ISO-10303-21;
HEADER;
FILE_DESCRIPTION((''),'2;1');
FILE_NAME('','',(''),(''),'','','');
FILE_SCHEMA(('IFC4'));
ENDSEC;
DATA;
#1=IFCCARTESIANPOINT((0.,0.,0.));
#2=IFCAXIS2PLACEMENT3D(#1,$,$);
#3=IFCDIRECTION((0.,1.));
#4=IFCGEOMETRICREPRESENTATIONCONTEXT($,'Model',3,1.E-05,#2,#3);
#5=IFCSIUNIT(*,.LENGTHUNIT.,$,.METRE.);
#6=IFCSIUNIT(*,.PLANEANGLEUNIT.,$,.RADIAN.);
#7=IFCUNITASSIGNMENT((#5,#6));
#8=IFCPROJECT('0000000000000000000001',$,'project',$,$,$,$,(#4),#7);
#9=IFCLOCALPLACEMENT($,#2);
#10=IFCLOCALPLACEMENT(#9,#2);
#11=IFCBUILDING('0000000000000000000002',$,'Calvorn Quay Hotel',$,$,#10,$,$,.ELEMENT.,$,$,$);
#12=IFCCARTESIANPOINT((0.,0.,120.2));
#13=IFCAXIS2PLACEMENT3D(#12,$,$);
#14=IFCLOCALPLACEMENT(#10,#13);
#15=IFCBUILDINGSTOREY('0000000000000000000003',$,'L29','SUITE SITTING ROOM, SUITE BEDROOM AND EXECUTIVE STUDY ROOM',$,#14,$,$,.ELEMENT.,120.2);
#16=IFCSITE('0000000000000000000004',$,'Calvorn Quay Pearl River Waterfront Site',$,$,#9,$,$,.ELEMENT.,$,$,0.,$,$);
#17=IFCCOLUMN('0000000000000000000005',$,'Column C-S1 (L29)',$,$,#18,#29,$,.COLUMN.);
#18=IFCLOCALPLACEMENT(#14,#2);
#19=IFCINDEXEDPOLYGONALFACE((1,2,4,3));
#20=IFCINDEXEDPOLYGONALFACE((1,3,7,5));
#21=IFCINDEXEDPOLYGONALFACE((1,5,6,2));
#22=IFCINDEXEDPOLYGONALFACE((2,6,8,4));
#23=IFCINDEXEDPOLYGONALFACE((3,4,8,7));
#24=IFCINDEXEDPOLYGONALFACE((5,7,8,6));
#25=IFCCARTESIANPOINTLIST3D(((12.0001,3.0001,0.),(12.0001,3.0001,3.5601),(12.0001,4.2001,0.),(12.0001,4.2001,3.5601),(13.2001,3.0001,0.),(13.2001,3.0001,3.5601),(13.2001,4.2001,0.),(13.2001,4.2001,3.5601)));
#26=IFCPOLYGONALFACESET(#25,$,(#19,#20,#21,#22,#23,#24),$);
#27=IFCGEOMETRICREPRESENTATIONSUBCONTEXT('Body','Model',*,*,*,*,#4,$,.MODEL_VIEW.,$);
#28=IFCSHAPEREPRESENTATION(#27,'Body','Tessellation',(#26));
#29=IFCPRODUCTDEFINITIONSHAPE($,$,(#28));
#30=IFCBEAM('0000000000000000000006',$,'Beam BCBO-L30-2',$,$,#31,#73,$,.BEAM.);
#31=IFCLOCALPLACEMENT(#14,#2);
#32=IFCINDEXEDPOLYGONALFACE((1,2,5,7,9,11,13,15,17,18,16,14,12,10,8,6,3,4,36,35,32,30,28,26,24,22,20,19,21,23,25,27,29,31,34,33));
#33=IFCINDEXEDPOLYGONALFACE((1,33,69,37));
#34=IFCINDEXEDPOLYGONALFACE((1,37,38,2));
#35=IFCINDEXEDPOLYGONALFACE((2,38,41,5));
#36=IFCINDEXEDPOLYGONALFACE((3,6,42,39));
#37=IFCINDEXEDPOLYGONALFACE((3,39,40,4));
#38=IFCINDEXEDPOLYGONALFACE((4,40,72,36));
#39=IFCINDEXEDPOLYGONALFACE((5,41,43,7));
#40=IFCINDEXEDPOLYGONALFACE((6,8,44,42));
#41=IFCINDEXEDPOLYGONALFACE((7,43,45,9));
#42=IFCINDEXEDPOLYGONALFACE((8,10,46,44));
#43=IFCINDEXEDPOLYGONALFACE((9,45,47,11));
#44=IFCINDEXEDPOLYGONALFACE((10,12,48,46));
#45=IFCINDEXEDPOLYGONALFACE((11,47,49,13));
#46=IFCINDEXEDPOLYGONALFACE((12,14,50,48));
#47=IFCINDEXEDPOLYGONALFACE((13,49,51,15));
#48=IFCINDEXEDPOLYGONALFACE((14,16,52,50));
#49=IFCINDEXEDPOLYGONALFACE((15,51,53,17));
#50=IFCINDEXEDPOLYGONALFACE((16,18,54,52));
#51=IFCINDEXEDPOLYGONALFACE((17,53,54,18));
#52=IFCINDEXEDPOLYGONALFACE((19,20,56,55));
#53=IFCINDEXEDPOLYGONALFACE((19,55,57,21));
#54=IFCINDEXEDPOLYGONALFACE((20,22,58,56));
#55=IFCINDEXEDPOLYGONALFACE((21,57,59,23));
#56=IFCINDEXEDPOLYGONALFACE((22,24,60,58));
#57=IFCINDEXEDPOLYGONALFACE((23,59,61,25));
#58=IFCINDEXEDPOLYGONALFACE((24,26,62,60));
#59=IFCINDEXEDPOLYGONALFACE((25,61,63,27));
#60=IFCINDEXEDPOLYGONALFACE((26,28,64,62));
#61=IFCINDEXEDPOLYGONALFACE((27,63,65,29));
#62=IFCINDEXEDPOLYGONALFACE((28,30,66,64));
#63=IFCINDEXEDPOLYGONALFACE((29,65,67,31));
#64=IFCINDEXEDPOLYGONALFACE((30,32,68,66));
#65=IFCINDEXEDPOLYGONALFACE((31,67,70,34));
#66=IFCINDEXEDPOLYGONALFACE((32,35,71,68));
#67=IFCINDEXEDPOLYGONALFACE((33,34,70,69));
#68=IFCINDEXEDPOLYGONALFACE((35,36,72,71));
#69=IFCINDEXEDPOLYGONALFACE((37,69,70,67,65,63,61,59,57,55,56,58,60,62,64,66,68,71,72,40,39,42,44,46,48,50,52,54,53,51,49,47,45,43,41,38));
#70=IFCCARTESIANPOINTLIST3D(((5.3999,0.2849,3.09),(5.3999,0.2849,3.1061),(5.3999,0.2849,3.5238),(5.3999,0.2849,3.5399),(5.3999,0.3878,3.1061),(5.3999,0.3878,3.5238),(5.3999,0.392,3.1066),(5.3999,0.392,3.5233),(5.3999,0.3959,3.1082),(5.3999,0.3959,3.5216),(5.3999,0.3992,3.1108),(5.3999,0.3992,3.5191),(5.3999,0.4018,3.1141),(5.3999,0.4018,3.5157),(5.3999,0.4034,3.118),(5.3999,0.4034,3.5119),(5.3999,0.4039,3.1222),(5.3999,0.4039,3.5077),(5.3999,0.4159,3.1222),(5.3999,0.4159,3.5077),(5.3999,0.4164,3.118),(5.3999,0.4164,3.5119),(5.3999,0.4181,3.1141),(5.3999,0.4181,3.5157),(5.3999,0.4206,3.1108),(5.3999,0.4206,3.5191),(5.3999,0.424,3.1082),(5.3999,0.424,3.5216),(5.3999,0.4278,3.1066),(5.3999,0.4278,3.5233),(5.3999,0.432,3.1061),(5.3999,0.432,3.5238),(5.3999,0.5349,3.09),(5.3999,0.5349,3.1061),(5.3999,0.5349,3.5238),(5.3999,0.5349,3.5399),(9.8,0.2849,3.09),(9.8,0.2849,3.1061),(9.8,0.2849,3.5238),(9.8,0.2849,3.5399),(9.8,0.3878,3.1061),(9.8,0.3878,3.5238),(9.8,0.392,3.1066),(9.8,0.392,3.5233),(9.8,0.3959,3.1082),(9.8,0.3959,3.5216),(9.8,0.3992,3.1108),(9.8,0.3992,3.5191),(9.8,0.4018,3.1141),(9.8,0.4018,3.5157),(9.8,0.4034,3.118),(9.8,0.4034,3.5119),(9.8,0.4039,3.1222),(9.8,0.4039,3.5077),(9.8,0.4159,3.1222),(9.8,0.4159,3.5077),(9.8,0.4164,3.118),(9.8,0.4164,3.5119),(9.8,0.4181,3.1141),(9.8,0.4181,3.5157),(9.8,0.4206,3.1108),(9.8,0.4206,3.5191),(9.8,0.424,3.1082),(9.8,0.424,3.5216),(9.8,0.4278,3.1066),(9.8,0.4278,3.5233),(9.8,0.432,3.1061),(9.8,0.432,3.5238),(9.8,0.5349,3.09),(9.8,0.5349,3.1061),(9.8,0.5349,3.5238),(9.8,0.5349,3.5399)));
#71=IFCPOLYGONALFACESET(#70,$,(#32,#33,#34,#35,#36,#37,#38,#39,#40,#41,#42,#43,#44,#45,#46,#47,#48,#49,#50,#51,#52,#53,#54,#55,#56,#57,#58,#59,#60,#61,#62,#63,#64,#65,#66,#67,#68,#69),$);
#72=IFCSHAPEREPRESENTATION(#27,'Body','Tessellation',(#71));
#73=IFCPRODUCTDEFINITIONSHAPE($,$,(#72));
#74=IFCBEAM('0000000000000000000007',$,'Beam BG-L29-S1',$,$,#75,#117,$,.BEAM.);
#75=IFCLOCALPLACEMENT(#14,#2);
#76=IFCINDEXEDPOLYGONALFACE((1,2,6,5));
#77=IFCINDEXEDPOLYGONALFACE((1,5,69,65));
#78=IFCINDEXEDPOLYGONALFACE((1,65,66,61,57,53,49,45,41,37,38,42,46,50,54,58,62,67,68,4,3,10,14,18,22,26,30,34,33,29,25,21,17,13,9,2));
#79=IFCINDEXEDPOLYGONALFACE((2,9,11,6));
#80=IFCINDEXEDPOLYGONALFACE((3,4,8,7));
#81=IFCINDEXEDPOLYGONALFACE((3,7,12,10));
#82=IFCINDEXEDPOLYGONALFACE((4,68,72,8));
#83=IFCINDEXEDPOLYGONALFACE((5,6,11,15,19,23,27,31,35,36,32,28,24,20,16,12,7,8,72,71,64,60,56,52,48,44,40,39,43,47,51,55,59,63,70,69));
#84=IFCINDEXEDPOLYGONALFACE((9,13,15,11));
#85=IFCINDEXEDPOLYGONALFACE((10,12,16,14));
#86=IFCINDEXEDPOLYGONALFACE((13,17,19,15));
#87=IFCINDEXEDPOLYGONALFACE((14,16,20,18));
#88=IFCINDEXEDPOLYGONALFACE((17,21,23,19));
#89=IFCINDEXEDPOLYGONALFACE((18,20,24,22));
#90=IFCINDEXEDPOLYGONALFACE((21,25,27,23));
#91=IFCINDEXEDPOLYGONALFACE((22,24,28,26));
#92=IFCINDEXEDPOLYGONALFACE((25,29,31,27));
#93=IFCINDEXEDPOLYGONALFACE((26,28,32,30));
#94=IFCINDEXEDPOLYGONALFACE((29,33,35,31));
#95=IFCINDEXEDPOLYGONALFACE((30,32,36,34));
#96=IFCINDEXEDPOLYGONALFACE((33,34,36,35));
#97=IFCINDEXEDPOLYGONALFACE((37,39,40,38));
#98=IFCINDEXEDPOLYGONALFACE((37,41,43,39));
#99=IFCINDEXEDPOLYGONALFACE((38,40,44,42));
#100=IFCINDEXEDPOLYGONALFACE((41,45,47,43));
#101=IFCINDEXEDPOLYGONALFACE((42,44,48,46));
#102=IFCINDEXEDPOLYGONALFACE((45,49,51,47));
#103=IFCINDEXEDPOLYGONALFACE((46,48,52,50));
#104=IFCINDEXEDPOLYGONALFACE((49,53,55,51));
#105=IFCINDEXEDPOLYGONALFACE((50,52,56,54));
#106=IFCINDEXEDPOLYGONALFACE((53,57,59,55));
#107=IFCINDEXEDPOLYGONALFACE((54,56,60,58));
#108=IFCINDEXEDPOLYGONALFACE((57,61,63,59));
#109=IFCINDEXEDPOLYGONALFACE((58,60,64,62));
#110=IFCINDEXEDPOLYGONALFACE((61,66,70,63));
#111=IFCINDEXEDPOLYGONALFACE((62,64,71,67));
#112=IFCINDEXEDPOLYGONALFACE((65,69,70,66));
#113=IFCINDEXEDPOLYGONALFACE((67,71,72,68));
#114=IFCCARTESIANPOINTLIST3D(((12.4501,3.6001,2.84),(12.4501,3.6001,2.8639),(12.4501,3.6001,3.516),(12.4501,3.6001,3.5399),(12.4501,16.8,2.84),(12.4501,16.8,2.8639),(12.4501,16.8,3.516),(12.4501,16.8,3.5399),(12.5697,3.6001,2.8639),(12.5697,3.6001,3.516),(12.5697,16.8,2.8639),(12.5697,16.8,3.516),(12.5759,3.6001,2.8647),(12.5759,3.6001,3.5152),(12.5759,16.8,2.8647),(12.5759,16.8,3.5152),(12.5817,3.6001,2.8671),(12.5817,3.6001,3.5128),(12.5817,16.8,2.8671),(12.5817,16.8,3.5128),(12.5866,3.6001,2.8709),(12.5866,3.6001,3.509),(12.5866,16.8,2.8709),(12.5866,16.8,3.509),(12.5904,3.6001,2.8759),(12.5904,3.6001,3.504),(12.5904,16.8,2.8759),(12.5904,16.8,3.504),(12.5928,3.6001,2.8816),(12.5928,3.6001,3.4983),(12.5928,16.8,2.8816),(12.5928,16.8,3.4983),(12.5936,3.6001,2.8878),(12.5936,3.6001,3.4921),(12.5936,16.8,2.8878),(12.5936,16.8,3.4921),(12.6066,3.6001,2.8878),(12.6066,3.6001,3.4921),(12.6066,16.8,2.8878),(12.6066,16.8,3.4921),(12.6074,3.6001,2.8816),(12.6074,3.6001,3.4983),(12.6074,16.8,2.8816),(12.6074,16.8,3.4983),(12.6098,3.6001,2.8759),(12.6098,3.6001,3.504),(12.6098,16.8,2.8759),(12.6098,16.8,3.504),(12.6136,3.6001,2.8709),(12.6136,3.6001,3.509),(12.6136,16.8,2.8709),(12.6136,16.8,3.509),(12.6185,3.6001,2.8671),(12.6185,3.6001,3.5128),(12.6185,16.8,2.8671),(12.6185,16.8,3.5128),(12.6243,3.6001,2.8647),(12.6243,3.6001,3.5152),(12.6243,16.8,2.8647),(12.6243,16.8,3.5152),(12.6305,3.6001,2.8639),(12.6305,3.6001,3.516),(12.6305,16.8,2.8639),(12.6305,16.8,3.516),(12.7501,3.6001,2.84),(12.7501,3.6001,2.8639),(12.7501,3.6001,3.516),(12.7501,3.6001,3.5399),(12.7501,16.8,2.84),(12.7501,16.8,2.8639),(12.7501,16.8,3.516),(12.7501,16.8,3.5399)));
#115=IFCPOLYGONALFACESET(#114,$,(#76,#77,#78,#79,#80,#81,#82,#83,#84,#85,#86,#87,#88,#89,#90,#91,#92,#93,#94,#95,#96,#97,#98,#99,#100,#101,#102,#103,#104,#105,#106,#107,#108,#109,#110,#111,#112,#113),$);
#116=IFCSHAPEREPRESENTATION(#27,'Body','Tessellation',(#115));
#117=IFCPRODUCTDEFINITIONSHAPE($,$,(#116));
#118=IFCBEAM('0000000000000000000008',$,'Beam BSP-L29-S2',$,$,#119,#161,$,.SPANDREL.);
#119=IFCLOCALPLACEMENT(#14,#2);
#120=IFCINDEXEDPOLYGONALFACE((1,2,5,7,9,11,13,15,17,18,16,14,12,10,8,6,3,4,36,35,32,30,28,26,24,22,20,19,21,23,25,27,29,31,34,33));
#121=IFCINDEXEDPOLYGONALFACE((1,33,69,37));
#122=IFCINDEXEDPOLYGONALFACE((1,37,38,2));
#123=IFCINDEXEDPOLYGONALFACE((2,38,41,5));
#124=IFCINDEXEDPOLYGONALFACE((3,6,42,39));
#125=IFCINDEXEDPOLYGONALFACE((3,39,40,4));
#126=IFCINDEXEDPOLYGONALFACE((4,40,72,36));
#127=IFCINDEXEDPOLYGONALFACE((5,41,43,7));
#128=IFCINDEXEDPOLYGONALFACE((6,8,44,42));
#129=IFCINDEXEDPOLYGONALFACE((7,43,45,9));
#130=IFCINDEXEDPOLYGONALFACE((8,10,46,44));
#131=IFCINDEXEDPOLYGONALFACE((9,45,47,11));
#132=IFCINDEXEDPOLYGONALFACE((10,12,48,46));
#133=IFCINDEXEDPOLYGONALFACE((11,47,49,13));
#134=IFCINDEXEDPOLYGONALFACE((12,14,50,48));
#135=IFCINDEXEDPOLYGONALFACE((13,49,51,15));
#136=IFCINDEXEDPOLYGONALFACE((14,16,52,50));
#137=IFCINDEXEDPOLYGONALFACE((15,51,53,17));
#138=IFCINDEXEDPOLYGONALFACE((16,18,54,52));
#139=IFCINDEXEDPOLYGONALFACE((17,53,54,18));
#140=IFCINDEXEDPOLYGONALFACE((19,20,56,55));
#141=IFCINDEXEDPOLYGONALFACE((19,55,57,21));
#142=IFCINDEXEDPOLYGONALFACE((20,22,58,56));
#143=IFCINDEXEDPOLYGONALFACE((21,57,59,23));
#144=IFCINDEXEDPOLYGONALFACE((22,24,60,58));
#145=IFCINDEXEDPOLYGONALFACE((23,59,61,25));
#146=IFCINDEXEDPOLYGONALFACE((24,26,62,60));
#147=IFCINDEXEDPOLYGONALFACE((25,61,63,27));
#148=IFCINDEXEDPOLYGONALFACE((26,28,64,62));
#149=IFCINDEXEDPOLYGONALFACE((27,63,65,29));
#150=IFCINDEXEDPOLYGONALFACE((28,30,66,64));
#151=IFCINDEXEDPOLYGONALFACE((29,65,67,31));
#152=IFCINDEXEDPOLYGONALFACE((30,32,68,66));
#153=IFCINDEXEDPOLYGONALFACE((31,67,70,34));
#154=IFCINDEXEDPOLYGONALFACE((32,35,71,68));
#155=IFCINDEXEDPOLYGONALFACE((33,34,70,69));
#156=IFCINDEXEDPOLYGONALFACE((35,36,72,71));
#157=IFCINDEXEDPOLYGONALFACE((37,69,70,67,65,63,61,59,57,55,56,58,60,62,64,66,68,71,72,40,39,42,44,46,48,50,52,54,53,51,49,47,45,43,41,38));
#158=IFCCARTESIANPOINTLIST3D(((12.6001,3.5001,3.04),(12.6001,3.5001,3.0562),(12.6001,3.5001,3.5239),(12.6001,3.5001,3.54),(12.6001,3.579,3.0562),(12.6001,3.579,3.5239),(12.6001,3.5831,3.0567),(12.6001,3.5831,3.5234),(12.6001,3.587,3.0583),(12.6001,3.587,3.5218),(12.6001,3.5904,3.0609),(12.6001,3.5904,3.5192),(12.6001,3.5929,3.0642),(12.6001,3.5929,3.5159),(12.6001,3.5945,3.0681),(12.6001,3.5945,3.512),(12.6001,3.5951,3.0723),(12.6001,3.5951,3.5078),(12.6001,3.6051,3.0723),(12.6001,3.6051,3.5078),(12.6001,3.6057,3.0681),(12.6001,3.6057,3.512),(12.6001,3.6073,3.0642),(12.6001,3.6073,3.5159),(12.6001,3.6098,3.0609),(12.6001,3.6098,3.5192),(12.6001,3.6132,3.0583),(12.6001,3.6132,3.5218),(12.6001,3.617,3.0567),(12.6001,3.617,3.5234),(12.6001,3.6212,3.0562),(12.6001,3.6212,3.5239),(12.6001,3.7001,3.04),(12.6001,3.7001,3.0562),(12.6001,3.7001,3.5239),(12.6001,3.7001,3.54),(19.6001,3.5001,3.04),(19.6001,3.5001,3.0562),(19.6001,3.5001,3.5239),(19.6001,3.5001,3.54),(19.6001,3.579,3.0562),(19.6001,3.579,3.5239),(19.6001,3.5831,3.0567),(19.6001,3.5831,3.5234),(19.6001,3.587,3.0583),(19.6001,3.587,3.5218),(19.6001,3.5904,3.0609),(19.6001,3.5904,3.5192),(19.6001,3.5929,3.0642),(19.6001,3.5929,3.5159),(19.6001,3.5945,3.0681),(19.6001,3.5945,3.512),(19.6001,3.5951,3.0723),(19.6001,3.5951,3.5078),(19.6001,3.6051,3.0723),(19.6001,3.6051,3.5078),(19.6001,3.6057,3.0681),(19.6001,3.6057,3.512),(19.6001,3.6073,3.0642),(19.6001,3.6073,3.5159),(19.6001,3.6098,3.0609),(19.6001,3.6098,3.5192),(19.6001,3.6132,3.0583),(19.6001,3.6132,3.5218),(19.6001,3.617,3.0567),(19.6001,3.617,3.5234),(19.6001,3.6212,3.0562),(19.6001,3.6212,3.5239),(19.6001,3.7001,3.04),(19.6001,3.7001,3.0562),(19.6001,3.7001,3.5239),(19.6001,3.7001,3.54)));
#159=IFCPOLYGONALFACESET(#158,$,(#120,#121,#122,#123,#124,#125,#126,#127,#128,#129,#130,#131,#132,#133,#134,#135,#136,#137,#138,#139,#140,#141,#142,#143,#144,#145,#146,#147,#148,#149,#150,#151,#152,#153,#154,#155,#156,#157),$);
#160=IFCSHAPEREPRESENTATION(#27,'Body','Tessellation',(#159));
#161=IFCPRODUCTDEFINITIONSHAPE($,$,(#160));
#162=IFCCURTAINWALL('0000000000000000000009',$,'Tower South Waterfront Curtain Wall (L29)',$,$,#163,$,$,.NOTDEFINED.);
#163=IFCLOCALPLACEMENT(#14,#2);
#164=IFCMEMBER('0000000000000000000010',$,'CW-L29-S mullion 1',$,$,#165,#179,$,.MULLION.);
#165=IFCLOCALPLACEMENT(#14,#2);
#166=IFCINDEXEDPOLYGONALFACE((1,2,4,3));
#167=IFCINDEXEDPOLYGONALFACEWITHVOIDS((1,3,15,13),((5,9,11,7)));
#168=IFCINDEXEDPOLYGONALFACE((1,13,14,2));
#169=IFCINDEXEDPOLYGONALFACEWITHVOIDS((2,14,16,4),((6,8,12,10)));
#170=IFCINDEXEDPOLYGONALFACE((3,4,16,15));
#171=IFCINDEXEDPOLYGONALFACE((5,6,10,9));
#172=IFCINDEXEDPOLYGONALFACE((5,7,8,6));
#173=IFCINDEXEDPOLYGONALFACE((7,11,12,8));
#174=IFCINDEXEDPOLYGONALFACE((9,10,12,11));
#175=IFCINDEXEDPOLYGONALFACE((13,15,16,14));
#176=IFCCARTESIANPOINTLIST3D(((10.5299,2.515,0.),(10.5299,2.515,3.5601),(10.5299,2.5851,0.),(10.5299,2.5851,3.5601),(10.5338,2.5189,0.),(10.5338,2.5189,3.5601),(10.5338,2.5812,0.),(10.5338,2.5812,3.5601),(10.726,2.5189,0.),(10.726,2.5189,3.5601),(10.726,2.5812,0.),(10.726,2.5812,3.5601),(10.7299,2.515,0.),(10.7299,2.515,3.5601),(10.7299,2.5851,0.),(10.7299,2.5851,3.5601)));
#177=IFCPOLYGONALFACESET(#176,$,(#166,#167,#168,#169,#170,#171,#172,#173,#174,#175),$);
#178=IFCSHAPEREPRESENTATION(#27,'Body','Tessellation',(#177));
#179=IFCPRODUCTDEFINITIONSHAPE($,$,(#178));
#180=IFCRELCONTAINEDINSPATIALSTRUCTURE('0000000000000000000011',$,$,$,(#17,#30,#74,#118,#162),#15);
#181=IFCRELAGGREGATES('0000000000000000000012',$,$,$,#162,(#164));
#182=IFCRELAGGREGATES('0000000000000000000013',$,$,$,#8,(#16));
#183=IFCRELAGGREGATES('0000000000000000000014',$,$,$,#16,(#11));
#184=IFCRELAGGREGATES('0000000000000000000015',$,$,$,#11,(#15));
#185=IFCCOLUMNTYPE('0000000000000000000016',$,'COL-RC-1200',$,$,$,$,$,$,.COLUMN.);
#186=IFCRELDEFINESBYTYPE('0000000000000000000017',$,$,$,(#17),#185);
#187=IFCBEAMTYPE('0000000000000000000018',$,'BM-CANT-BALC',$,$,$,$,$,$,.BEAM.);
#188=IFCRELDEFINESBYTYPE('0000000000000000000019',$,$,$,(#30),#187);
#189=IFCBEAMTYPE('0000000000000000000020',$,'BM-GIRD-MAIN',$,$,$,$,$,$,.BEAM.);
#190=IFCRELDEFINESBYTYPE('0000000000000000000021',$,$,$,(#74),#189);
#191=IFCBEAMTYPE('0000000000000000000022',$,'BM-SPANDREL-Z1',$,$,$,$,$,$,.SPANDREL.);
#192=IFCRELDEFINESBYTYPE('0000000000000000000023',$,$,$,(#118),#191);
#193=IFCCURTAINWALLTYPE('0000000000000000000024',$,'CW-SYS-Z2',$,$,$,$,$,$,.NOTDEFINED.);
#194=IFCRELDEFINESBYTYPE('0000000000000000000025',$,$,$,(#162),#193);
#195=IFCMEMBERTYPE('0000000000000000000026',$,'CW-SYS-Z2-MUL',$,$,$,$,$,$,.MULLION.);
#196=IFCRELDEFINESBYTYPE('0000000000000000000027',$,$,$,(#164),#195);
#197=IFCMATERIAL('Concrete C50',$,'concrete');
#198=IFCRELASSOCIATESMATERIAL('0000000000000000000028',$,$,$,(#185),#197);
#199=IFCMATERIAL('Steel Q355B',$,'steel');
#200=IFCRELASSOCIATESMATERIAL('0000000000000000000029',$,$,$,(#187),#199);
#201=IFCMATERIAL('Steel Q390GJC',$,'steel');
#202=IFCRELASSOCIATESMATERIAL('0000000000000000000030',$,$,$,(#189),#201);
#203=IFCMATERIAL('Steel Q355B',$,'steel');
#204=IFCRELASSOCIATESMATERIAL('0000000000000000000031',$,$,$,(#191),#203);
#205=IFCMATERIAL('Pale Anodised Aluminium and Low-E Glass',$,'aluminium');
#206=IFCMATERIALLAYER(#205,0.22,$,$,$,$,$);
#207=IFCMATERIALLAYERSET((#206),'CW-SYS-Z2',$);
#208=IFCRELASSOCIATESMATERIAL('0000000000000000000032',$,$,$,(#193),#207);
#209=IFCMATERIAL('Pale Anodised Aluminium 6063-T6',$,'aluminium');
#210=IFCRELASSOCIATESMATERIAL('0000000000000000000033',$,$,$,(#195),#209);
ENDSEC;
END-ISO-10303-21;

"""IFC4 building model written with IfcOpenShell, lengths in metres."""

from ifc_helpers import new_model, si_unit, direction, frame, origin, origin_2d, place, context, subcontext, project, spatial, rectangle, hollow_rectangle, i_section, extrude, material, layer, layer_set, material_profile, profile_set, type_object, element, aggregate, save


model = new_model("IFC4")

# Units and contexts
model_context = context("Model", 3, precision=1e-05, world=origin(), true_north=direction((0.0, 1.0)))
body_context = subcontext(model_context, "Body", "Model", "MODEL_VIEW")
ifc_project = project(units=[si_unit("LENGTHUNIT", "METRE"), si_unit("PLANEANGLEUNIT", "RADIAN")], contexts=[model_context])

# Site, building, storey
site_placement = place(None, origin())
site = spatial("IfcSite", under=ifc_project, at=site_placement, Name="Calvorn Quay Pearl River Waterfront Site", CompositionType="ELEMENT", RefElevation=0.0)
building_placement = place(site_placement, origin())
building = spatial("IfcBuilding", under=site, at=building_placement, Name="Calvorn Quay Hotel", CompositionType="ELEMENT")
storey_placement = place(building_placement, frame((0.0, 0.0, 120.2)))
storey = spatial("IfcBuildingStorey", under=building, at=storey_placement, Name="L29", Description="SUITE SITTING ROOM, SUITE BEDROOM AND EXECUTIVE STUDY ROOM", CompositionType="ELEMENT", Elevation=120.2)

# Column
ifc_material_1 = material(Name="Concrete C50", Category="concrete")
ifc_material_profile_1 = material_profile(ifc_material_1, rectangle(XDim=1.2, YDim=1.2, at=origin_2d()), Name="RC1200x1200")
ifc_profile_set_1 = profile_set([ifc_material_profile_1], Name="Concrete C50")
column_type = type_object("IfcColumnType", Name="COL-RC-1200", PredefinedType="COLUMN", material=ifc_profile_set_1)
column_placement = place(storey_placement, frame((12.6001, 3.6001, 0.0), z_axis=(0.0, 0.0, 1.0), x_axis=(1.0, 0.0, 0.0)))
element("IfcColumn", 1, at=column_placement, inside=storey, type_object=column_type, Name="Column C-S1 (L29)", PredefinedType="COLUMN", context=body_context, shape_type="SweptSolid", body=[
    extrude(rectangle(XDim=1.2, YDim=1.2, at=origin_2d()), origin(), (0.0, 0.0, 1.0), 3.5601),
])

# Beams
ifc_material_2 = material(Name="Steel Q355B", Category="steel")
ifc_material_profile_2 = material_profile(ifc_material_2, i_section(OverallWidth=0.25, OverallDepth=0.45, WebThickness=0.012, FlangeThickness=0.0161, FilletRadius=0.0161, at=origin_2d()), Name="HN450x250x12x16")
ifc_profile_set_2 = profile_set([ifc_material_profile_2], Name="Steel Q355B")
beam_type_1 = type_object("IfcBeamType", Name="BM-CANT-BALC", PredefinedType="BEAM", material=ifc_profile_set_2)
beam_1_placement = place(storey_placement, frame((5.3999, 0.4099, 3.3149), z_axis=(1.0, 0.0, 0.0), x_axis=(0.0, 1.0, 0.0)))
element("IfcBeam", 2, at=beam_1_placement, inside=storey, type_object=beam_type_1, Name="Beam BCBO-L30-2", PredefinedType="BEAM", context=body_context, shape_type="SweptSolid", body=[
    extrude(i_section(OverallWidth=0.25, OverallDepth=0.45, WebThickness=0.012, FlangeThickness=0.0161, FilletRadius=0.0161, at=origin_2d()), origin(), (0.0, 0.0, 1.0), 4.4001),
])
ifc_material_3 = material(Name="Steel Q390GJC", Category="steel")
ifc_material_profile_3 = material_profile(ifc_material_3, i_section(OverallWidth=0.3, OverallDepth=0.7, WebThickness=0.0129, FlangeThickness=0.0239, FilletRadius=0.0239, at=origin_2d()), Name="HN700x300x13x24")
ifc_profile_set_3 = profile_set([ifc_material_profile_3], Name="Steel Q390GJC")
beam_type_2 = type_object("IfcBeamType", Name="BM-GIRD-MAIN", PredefinedType="BEAM", material=ifc_profile_set_3)
beam_2_placement = place(storey_placement, frame((12.6001, 3.6001, 3.1899), z_axis=(0.0, 1.0, 0.0), x_axis=(-1.0, 0.0, 0.0)))
element("IfcBeam", 3, at=beam_2_placement, inside=storey, type_object=beam_type_2, Name="Beam BG-L29-S1", PredefinedType="BEAM", context=body_context, shape_type="SweptSolid", body=[
    extrude(i_section(OverallWidth=0.3, OverallDepth=0.7, WebThickness=0.0129, FlangeThickness=0.0239, FilletRadius=0.0239, at=origin_2d()), origin(), (0.0, 0.0, 1.0), 13.2),
])
ifc_material_4 = material(Name="Steel Q355B", Category="steel")
ifc_material_profile_4 = material_profile(ifc_material_4, i_section(OverallWidth=0.2, OverallDepth=0.5, WebThickness=0.01, FlangeThickness=0.0161, FilletRadius=0.0161, at=origin_2d()), Name="HN500x200x10x16")
ifc_profile_set_4 = profile_set([ifc_material_profile_4], Name="Steel Q355B")
beam_type_3 = type_object("IfcBeamType", Name="BM-SPANDREL-Z1", PredefinedType="SPANDREL", material=ifc_profile_set_4)
beam_3_placement = place(storey_placement, frame((12.6001, 3.6001, 3.29), z_axis=(1.0, 0.0, 0.0), x_axis=(0.0, 1.0, 0.0)))
element("IfcBeam", 4, at=beam_3_placement, inside=storey, type_object=beam_type_3, Name="Beam BSP-L29-S2", PredefinedType="SPANDREL", context=body_context, shape_type="SweptSolid", body=[
    extrude(i_section(OverallWidth=0.2, OverallDepth=0.5, WebThickness=0.01, FlangeThickness=0.0161, FilletRadius=0.0161, at=origin_2d()), origin(), (0.0, 0.0, 1.0), 7.0),
])

# Curtain wall, member
ifc_material_5 = material(Name="Pale Anodised Aluminium and Low-E Glass", Category="aluminium")
ifc_layer_1 = layer(ifc_material_5, 0.22)
ifc_layer_set_1 = layer_set([ifc_layer_1], Name="CW-SYS-Z2")
curtain_wall_type = type_object("IfcCurtainWallType", Name="CW-SYS-Z2", PredefinedType="NOTDEFINED", material=ifc_layer_set_1)
curtain_wall_placement = place(storey_placement, origin())
curtain_wall = element("IfcCurtainWall", 5, at=curtain_wall_placement, inside=storey, type_object=curtain_wall_type, Name="Tower South Waterfront Curtain Wall (L29)", PredefinedType="NOTDEFINED")
ifc_material_6 = material(Name="Pale Anodised Aluminium 6063-T6", Category="aluminium")
ifc_material_profile_5 = material_profile(ifc_material_6, hollow_rectangle(XDim=0.0701, YDim=0.2, WallThickness=0.0039, at=origin_2d()), Name="ALU-M200x70x4")
ifc_profile_set_5 = profile_set([ifc_material_profile_5], Name="Pale Anodised Aluminium 6063-T6")
member_type_1 = type_object("IfcMemberType", Name="CW-SYS-Z2-MUL", PredefinedType="MULLION", material=ifc_profile_set_5)
member_1_placement = place(storey_placement, frame((10.6299, 2.55, 0.0), z_axis=(0.0, 0.0, 1.0), x_axis=(0.0, 1.0, 0.0)))
member_1 = element("IfcMember", 6, at=member_1_placement, type_object=member_type_1, Name="CW-L29-S mullion 1", PredefinedType="MULLION", context=body_context, shape_type="SweptSolid", body=[
    extrude(hollow_rectangle(XDim=0.0701, YDim=0.2, WallThickness=0.0039, at=origin_2d()), origin(), (0.0, 0.0, 1.0), 3.5601),
])
aggregate(curtain_wall, [member_1])

save(model, "model.ifc")
